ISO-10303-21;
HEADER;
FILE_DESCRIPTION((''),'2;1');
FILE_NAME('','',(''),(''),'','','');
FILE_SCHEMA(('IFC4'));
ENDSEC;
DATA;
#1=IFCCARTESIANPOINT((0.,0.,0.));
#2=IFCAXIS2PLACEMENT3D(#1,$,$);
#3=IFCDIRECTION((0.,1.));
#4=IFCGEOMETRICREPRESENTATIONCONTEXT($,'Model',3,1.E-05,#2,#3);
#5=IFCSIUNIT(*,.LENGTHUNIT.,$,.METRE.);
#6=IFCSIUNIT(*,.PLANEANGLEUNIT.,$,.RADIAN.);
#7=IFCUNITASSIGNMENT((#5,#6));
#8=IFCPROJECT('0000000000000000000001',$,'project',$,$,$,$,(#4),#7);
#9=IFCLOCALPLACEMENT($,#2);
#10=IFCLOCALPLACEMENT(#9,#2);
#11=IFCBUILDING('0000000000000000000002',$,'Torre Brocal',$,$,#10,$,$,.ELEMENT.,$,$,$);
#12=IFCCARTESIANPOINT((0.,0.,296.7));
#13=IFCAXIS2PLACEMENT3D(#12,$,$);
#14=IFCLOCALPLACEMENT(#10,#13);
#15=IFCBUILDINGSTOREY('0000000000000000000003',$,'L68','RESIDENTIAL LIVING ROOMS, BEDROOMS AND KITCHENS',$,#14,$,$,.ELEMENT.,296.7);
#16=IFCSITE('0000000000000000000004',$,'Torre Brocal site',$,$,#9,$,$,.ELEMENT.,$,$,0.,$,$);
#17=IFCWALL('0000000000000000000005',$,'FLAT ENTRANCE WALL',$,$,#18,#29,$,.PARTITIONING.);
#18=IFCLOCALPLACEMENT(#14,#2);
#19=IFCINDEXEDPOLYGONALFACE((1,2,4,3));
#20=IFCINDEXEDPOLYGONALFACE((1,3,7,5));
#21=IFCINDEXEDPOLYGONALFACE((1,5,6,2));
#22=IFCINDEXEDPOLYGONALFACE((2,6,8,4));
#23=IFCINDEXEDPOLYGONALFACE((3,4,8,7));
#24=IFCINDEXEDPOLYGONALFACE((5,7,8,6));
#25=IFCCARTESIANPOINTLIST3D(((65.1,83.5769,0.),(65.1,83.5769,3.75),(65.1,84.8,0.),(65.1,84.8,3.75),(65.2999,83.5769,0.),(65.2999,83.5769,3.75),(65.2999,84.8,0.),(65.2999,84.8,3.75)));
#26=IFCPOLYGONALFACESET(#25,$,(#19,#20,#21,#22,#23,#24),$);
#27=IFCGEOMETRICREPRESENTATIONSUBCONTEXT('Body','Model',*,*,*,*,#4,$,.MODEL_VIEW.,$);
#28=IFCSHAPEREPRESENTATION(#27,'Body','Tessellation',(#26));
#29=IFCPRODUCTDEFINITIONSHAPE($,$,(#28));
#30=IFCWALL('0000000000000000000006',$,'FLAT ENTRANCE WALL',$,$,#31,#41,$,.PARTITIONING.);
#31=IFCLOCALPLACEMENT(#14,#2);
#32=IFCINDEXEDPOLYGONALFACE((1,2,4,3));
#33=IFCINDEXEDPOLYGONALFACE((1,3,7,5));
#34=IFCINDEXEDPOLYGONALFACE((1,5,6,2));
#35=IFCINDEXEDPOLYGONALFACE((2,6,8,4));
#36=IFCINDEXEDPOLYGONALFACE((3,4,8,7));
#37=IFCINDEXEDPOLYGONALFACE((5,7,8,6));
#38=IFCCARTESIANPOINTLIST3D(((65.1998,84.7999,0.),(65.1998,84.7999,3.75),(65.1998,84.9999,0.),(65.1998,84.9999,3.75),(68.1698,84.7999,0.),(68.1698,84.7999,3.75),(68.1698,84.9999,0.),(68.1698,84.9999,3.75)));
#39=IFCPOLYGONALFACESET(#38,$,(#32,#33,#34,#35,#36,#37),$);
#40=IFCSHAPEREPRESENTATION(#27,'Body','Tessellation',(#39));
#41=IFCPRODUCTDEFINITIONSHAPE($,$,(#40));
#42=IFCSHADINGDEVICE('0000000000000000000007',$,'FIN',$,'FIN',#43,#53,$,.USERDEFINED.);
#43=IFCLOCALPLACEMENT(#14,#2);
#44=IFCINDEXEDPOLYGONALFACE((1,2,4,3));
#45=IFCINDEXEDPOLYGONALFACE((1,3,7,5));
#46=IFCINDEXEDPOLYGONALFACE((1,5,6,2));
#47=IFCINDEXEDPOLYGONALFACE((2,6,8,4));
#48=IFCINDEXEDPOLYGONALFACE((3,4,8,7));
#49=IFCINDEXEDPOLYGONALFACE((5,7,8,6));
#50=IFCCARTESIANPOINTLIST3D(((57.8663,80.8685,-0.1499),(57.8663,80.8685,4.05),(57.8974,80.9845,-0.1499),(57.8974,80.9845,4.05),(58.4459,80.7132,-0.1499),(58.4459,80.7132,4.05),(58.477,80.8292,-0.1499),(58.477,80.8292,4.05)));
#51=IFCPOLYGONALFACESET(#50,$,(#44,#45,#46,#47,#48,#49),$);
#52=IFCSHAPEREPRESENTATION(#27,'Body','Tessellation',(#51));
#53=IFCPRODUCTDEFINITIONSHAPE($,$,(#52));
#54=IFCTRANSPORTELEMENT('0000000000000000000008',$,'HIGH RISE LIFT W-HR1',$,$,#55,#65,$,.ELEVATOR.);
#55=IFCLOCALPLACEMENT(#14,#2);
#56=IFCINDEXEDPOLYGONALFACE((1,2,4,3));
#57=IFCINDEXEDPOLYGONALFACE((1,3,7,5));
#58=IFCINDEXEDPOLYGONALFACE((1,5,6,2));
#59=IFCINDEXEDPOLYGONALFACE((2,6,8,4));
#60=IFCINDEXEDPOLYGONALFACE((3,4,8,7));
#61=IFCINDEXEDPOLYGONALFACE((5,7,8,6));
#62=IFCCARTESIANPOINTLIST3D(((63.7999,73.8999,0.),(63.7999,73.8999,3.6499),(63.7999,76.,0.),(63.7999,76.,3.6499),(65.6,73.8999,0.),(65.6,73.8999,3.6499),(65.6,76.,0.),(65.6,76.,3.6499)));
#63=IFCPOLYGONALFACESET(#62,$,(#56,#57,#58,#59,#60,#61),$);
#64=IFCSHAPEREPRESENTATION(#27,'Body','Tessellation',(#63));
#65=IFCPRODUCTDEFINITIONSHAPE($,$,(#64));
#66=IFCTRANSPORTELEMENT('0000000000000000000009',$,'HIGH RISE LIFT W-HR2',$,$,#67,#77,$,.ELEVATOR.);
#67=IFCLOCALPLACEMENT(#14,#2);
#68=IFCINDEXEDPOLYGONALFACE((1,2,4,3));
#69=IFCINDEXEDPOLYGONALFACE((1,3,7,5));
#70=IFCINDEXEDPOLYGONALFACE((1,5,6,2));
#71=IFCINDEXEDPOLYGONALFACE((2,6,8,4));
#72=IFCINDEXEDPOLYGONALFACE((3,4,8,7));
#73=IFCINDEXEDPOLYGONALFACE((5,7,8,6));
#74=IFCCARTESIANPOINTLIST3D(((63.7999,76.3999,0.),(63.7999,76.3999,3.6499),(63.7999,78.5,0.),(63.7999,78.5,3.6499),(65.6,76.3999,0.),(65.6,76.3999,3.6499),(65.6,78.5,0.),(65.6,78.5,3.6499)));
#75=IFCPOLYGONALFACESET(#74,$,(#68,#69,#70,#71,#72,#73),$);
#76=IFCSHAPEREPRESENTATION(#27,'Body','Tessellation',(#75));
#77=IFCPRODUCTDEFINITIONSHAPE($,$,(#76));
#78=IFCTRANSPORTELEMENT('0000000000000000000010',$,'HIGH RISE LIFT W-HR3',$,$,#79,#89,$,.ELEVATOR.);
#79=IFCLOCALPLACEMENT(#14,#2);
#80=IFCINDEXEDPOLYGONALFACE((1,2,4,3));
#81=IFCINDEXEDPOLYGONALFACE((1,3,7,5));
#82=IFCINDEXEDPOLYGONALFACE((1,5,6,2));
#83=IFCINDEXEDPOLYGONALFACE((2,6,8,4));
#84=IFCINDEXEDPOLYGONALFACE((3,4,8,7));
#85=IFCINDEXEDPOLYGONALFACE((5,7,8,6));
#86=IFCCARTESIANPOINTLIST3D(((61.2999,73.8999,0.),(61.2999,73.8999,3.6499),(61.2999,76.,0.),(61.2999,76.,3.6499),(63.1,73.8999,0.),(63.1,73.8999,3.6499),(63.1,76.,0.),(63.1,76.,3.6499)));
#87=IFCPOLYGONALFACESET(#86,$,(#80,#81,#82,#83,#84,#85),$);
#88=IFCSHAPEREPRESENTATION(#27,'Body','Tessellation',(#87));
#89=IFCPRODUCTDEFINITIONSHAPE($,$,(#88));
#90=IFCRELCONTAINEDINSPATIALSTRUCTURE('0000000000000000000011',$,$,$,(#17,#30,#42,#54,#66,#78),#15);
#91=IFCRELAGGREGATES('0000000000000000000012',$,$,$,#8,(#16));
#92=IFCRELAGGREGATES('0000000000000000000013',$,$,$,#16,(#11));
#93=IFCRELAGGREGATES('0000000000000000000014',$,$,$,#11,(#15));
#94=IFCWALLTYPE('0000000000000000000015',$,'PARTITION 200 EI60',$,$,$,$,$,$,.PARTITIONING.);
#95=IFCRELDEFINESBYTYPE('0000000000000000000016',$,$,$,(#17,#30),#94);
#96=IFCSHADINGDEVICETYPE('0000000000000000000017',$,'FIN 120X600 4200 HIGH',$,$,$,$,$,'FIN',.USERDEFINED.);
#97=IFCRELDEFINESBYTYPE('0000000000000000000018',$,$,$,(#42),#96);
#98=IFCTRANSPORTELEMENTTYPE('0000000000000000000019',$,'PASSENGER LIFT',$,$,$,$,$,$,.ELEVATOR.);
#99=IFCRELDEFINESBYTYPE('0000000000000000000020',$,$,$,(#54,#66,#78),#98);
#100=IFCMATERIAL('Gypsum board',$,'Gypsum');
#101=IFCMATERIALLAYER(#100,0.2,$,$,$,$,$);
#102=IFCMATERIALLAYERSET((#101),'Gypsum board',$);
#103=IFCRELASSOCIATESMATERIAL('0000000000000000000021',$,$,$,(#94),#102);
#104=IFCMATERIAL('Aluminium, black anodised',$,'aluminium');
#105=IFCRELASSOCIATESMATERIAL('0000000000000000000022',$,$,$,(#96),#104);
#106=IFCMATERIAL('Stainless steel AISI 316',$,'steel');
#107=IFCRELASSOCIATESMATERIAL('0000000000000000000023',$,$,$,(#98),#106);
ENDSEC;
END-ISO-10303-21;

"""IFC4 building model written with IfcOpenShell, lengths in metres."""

from ifc_helpers import new_model, si_unit, direction, frame, frame_2d, origin, origin_2d, place, context, subcontext, project, spatial, rectangle, extrude, material, layer, layer_set, material_profile, profile_set, type_object, element, save


model = new_model("IFC4")

# Units and contexts
model_context = context("Model", 3, precision=1e-05, world=origin(), true_north=direction((0.0, 1.0)))
body_context = subcontext(model_context, "Body", "Model", "MODEL_VIEW")
ifc_project = project(units=[si_unit("LENGTHUNIT", "METRE"), si_unit("PLANEANGLEUNIT", "RADIAN")], contexts=[model_context])

# Site, building, storey
site_placement = place(None, origin())
site = spatial("IfcSite", under=ifc_project, at=site_placement, Name="Torre Brocal site", CompositionType="ELEMENT", RefElevation=0.0)
building_placement = place(site_placement, origin())
building = spatial("IfcBuilding", under=site, at=building_placement, Name="Torre Brocal", CompositionType="ELEMENT")
storey_placement = place(building_placement, frame((0.0, 0.0, 296.7)))
storey = spatial("IfcBuildingStorey", under=building, at=storey_placement, Name="L68", Description="RESIDENTIAL LIVING ROOMS, BEDROOMS AND KITCHENS", CompositionType="ELEMENT", Elevation=296.7)

# Walls
ifc_material_1 = material(Name="Gypsum board", Category="Gypsum")
ifc_layer_1 = layer(ifc_material_1, 0.2)
ifc_layer_set_1 = layer_set([ifc_layer_1], Name="Gypsum board")
wall_type_1 = type_object("IfcWallType", Name="PARTITION 200 EI60", PredefinedType="PARTITIONING", material=ifc_layer_set_1)
wall_1_placement = place(storey_placement, frame((65.2, 83.5769, 0.0), z_axis=(0.0, 0.0, 1.0), x_axis=(0.0, 1.0, 0.0)))
element("IfcWall", 1, at=wall_1_placement, inside=storey, type_object=wall_type_1, Name="FLAT ENTRANCE WALL", PredefinedType="PARTITIONING", context=body_context, shape_type="SweptSolid", body=[
    extrude(rectangle(XDim=1.2231, YDim=0.2, at=frame_2d((0.6116, 0.0))), origin(), (0.0, 0.0, 1.0), 3.75),
])
wall_2_placement = place(storey_placement, frame((65.2, 84.8999, 0.0), z_axis=(0.0, 0.0, 1.0), x_axis=(1.0, 0.0, 0.0)))
element("IfcWall", 2, at=wall_2_placement, inside=storey, type_object=wall_type_1, Name="FLAT ENTRANCE WALL", PredefinedType="PARTITIONING", context=body_context, shape_type="SweptSolid", body=[
    extrude(rectangle(XDim=2.97, YDim=0.2, at=frame_2d((1.4849, 0.0))), origin(), (0.0, 0.0, 1.0), 3.75),
])

# Shading device
ifc_material_2 = material(Name="Aluminium, black anodised", Category="aluminium")
ifc_material_profile_1 = material_profile(ifc_material_2, rectangle(XDim=0.1201, YDim=0.6001, at=origin_2d()), Name="FIN 120X600 4200 HIGH")
ifc_profile_set_1 = profile_set([ifc_material_profile_1], Name="Aluminium, black anodised")
shading_device_type = type_object("IfcShadingDeviceType", Name="FIN 120X600 4200 HIGH", ElementType="FIN", PredefinedType="USERDEFINED", material=ifc_profile_set_1)
shading_device_placement = place(storey_placement, frame((58.1716, 80.8489, -0.1499), z_axis=(0.0, 0.0, 1.0), x_axis=(-0.258819, -0.965926, 0.0)))
element("IfcShadingDevice", 3, at=shading_device_placement, inside=storey, type_object=shading_device_type, Name="FIN", ObjectType="FIN", PredefinedType="USERDEFINED", context=body_context, shape_type="SweptSolid", body=[
    extrude(rectangle(XDim=0.1201, YDim=0.6001, at=origin_2d()), origin(), (0.0, 0.0, 1.0), 4.2),
])

# Transport elements
ifc_material_3 = material(Name="Stainless steel AISI 316", Category="steel")
transport_element_type = type_object("IfcTransportElementType", Name="PASSENGER LIFT", PredefinedType="ELEVATOR", material=ifc_material_3)
for number, where, z_axis, x_axis, name in (
    (4, (64.7, 74.95, 0.0), (0.0, 0.0, 1.0), (1.0, 0.0, 0.0), "HIGH RISE LIFT W-HR1"),
    (5, (64.7, 77.45, 0.0), (0.0, 0.0, 1.0), (1.0, 0.0, 0.0), "HIGH RISE LIFT W-HR2"),
    (6, (62.2, 74.95, 0.0), (0.0, 0.0, 1.0), (1.0, 0.0, 0.0), "HIGH RISE LIFT W-HR3"),
):
    element("IfcTransportElement", number, at=place(storey_placement, frame(where, z_axis=z_axis, x_axis=x_axis)), inside=storey, type_object=transport_element_type, Name=name, PredefinedType="ELEVATOR", context=body_context, shape_type="SweptSolid", body=[
        extrude(rectangle(XDim=1.8, YDim=2.1001, at=origin_2d()), origin(), (0.0, 0.0, 1.0), 3.6499),
    ])

save(model, "model.ifc")
